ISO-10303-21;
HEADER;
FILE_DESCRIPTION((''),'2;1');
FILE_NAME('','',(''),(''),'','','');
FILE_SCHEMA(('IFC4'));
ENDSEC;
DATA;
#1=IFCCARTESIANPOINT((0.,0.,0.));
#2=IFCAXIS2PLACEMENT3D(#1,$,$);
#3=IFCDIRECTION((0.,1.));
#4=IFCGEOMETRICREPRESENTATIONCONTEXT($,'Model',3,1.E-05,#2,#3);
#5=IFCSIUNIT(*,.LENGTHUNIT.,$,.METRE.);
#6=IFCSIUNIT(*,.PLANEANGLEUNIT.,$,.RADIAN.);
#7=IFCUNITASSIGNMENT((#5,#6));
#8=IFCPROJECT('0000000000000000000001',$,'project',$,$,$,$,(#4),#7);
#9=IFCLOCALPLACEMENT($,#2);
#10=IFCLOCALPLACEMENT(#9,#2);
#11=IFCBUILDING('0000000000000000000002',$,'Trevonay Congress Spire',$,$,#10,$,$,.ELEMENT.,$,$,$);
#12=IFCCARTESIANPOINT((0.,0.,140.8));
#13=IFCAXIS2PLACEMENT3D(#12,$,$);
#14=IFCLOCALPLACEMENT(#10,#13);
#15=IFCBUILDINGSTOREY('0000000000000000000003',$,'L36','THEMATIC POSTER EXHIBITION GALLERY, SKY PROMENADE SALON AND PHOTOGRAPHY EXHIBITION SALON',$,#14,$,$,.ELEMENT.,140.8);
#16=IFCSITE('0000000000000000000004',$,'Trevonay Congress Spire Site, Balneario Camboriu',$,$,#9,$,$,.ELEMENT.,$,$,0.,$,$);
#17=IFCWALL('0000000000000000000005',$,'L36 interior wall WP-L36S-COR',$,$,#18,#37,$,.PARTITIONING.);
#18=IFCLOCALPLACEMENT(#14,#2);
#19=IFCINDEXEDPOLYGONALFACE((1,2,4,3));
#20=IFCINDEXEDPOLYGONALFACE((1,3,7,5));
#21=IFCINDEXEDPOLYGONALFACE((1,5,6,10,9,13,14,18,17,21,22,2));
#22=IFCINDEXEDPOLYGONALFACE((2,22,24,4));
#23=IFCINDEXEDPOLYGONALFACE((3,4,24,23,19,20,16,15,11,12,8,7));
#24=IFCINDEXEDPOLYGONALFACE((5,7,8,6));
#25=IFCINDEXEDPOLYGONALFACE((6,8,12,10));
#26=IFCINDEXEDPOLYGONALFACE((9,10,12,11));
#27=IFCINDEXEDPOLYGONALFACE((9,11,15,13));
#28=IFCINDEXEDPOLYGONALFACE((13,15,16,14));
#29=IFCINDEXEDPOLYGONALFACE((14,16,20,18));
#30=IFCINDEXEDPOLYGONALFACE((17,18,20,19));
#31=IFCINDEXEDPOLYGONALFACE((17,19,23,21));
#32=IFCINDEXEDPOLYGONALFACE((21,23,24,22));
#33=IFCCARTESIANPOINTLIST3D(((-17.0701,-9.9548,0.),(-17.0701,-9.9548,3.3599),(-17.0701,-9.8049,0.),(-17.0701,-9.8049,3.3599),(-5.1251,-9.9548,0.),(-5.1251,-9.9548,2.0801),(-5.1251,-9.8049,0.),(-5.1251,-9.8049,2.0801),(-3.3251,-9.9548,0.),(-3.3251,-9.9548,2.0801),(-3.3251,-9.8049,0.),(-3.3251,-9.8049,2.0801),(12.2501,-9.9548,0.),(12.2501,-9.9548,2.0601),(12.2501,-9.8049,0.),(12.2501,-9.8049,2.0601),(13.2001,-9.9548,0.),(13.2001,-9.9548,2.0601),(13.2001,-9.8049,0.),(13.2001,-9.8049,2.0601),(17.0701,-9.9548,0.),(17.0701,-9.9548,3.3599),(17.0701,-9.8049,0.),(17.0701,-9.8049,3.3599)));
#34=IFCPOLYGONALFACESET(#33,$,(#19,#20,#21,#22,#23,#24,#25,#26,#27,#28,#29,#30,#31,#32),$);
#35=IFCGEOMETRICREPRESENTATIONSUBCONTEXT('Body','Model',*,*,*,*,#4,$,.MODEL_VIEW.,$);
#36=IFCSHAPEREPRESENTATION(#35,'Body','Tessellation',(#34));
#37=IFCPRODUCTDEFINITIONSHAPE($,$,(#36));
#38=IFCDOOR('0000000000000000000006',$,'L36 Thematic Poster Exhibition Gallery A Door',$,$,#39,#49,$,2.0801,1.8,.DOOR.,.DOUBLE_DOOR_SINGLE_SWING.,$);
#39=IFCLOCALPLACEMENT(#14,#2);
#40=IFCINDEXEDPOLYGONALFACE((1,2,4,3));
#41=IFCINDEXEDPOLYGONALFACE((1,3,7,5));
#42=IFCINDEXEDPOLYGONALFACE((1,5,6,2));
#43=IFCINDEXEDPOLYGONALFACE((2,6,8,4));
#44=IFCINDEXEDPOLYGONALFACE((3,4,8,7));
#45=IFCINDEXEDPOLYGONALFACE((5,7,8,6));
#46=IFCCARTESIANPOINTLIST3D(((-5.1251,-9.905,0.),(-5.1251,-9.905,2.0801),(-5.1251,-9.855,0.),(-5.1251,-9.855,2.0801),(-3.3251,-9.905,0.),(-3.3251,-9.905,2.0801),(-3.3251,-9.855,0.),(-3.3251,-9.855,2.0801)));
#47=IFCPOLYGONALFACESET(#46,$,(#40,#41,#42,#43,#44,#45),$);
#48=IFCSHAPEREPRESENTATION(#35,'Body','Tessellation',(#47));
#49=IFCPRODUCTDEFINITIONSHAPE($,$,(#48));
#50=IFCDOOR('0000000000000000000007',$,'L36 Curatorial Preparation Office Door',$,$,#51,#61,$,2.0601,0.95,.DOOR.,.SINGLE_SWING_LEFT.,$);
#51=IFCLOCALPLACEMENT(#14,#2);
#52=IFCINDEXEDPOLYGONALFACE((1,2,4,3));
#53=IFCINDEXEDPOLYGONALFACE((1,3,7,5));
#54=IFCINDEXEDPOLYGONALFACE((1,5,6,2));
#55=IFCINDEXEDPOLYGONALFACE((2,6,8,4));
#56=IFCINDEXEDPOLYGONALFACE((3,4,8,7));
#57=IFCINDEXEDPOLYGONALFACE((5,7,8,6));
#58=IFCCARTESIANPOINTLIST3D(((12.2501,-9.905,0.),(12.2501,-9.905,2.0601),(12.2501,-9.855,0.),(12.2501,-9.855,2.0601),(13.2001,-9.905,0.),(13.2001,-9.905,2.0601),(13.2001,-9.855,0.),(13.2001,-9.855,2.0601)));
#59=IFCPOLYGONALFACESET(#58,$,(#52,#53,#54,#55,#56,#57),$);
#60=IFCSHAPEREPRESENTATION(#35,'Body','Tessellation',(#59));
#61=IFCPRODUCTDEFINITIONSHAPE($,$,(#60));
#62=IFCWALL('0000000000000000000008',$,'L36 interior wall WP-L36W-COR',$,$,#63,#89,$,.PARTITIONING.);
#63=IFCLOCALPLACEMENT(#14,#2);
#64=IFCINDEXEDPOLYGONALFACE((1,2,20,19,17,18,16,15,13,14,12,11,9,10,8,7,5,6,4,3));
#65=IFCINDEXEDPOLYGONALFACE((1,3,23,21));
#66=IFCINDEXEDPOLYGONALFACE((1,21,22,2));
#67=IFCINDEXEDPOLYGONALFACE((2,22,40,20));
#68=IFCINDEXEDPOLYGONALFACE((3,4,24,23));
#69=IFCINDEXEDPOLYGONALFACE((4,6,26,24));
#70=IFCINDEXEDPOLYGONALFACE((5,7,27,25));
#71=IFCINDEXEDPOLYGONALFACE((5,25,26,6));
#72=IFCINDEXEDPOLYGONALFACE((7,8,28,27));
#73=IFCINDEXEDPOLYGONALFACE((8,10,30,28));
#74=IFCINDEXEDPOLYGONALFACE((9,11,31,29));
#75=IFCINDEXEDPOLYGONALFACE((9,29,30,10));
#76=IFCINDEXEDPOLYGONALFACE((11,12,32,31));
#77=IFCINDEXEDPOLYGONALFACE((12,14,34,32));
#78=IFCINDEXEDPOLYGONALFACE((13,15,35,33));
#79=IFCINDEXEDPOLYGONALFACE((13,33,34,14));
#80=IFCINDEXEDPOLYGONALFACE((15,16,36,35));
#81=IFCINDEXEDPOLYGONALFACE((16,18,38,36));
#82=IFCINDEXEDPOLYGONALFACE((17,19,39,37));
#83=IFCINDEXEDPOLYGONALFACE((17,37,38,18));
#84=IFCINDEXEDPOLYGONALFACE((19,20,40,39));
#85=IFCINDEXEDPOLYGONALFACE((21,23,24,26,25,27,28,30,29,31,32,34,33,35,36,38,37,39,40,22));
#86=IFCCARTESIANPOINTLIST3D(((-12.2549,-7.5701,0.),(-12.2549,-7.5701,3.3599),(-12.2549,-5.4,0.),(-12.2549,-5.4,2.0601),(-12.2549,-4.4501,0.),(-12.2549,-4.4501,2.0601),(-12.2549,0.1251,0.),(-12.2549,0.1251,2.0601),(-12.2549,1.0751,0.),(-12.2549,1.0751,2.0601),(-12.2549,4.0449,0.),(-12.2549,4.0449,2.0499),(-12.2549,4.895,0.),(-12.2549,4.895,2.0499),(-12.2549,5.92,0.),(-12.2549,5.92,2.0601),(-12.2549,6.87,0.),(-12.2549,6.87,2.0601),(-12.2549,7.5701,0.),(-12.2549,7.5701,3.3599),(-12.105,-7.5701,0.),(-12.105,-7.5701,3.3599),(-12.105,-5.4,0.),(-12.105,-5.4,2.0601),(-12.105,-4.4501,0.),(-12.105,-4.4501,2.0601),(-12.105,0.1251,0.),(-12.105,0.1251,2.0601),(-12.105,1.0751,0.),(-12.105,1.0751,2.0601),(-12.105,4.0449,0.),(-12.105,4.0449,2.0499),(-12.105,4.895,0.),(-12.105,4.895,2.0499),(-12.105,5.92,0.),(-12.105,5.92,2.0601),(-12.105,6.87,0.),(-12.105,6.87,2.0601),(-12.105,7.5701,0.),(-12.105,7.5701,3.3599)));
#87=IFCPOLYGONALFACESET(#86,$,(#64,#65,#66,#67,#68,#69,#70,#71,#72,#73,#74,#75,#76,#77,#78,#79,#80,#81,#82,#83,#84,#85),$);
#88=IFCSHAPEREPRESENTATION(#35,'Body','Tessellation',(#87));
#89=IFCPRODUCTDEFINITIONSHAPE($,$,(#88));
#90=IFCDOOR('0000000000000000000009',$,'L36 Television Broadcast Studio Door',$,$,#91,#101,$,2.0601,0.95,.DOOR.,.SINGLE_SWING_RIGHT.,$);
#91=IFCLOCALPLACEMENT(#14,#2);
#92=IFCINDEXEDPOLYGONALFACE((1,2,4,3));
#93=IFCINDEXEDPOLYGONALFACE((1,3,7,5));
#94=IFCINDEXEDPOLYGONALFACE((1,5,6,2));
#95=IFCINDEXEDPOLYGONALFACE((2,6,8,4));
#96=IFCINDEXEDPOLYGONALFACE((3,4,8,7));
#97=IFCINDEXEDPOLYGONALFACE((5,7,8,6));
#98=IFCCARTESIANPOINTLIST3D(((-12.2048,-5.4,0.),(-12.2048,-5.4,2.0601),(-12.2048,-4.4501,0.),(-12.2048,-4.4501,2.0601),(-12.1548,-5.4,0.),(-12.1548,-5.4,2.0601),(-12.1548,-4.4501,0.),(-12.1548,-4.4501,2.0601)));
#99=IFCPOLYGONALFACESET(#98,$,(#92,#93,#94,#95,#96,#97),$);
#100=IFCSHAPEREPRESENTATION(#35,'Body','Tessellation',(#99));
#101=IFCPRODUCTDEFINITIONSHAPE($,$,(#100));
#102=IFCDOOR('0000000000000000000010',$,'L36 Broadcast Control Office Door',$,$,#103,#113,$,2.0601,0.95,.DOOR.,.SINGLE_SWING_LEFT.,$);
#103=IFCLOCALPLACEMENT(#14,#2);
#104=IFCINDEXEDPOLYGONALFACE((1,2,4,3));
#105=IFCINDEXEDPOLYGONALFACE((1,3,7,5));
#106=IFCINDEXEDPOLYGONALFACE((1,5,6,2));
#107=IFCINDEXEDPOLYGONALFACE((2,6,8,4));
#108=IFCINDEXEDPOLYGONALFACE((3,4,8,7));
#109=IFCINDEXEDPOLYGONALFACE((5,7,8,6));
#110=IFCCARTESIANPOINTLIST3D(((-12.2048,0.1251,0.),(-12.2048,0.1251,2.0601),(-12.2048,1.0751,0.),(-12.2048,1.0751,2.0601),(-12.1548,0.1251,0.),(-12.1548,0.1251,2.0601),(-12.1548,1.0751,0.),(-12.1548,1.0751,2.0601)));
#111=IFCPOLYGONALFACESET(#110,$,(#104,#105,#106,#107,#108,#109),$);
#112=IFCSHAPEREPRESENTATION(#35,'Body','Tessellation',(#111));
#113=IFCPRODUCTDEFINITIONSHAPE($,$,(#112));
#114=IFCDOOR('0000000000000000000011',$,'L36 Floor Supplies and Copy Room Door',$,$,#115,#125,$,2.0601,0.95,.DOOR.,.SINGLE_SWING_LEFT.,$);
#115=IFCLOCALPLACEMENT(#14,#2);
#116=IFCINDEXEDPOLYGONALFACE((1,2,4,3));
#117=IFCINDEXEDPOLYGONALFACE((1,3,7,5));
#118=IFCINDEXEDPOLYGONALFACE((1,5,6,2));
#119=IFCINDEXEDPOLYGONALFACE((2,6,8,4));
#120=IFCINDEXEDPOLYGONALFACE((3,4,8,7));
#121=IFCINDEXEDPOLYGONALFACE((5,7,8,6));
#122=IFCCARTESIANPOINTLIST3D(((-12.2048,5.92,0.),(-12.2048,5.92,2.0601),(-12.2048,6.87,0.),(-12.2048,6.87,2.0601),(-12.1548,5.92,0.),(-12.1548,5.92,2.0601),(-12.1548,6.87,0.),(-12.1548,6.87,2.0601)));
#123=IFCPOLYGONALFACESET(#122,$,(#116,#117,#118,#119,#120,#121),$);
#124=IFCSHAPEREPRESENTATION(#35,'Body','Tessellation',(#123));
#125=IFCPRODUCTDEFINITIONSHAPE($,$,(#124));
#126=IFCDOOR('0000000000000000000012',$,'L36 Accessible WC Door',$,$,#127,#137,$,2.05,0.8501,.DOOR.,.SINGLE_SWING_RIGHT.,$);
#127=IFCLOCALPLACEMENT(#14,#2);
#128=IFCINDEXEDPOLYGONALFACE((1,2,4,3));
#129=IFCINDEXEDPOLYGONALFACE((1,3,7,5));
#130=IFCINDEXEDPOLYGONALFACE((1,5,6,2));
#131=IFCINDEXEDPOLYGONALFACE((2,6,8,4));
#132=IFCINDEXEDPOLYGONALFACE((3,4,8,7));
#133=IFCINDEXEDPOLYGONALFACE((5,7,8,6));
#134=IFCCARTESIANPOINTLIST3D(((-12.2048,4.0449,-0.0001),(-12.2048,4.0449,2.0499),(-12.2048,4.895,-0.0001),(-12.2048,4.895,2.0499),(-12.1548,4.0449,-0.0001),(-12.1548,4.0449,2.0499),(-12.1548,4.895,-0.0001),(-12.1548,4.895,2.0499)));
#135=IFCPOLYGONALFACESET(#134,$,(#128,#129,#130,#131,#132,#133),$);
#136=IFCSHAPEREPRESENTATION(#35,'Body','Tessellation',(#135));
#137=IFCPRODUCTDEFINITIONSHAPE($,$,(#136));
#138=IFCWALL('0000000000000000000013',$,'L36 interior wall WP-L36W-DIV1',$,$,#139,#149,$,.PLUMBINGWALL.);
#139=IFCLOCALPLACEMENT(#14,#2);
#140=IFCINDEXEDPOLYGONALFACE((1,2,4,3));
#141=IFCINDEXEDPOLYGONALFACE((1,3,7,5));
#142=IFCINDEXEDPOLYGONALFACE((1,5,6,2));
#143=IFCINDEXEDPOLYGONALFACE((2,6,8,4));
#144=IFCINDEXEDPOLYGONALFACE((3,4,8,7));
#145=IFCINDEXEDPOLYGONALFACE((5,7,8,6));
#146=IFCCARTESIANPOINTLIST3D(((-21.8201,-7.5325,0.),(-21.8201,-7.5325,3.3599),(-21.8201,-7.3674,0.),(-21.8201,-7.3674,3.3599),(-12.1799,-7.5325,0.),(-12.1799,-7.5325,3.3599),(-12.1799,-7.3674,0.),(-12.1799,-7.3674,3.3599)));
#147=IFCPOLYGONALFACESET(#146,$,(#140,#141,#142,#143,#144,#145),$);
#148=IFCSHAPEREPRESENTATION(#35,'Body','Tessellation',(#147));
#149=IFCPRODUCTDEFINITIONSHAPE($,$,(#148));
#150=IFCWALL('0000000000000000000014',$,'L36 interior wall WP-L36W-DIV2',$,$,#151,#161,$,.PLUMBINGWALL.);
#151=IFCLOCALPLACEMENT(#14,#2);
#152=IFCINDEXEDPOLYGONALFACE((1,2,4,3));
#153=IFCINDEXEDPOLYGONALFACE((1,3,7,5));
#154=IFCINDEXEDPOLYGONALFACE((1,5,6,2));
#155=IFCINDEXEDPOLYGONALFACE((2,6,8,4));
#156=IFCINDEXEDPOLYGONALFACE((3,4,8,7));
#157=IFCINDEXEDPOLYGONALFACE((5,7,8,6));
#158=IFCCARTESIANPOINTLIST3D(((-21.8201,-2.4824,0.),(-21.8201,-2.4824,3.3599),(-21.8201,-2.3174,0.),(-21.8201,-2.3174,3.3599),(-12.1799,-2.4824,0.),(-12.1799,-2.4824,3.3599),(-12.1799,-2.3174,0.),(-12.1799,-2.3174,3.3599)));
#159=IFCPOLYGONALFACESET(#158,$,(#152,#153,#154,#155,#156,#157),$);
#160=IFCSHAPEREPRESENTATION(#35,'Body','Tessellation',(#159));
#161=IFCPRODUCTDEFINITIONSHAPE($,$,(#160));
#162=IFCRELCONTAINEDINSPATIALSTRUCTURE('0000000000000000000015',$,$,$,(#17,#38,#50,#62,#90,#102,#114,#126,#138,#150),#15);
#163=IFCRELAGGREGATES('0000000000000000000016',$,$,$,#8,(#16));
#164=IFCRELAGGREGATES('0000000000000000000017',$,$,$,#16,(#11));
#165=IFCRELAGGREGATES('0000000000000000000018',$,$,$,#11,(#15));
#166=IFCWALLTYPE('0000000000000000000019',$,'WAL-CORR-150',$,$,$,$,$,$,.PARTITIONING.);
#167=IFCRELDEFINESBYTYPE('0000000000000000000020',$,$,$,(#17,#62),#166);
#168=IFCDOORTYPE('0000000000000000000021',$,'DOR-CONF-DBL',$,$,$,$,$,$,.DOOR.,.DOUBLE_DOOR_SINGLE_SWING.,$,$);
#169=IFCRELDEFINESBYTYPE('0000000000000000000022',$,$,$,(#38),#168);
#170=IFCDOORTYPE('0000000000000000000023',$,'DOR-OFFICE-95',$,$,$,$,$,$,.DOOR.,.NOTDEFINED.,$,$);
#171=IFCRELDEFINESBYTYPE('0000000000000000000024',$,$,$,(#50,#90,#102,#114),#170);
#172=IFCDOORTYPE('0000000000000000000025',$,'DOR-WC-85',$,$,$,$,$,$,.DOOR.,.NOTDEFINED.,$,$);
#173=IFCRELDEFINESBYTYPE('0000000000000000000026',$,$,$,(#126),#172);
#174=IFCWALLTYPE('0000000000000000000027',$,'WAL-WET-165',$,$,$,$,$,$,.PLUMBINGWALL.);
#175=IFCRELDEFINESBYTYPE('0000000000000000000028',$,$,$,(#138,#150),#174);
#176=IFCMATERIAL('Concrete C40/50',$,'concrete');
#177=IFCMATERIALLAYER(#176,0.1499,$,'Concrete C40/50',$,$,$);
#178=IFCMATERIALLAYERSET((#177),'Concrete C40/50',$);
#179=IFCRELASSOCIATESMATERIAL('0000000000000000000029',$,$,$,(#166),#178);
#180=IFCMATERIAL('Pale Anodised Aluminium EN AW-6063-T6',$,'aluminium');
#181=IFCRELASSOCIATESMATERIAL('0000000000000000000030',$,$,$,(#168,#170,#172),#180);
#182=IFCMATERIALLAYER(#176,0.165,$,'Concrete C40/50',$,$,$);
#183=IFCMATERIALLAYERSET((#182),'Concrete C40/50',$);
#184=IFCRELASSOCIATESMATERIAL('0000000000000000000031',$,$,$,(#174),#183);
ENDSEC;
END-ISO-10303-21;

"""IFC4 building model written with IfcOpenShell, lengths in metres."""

from ifc_helpers import new_model, si_unit, direction, frame, frame_2d, origin, place, context, subcontext, project, spatial, rectangle, extrude, material, layer, layer_set, type_object, element, fill, save


model = new_model("IFC4")

# Units and contexts
model_context = context("Model", 3, precision=1e-05, world=origin(), true_north=direction((0.0, 1.0)))
body_context = subcontext(model_context, "Body", "Model", "MODEL_VIEW")
ifc_project = project(units=[si_unit("LENGTHUNIT", "METRE"), si_unit("PLANEANGLEUNIT", "RADIAN")], contexts=[model_context])

# Site, building, storey
site_placement = place(None, origin())
site = spatial("IfcSite", under=ifc_project, at=site_placement, Name="Trevonay Congress Spire Site, Balneario Camboriu", CompositionType="ELEMENT", RefElevation=0.0)
building_placement = place(site_placement, origin())
building = spatial("IfcBuilding", under=site, at=building_placement, Name="Trevonay Congress Spire", CompositionType="ELEMENT")
storey_placement = place(building_placement, frame((0.0, 0.0, 140.8)))
storey = spatial("IfcBuildingStorey", under=building, at=storey_placement, Name="L36", Description="THEMATIC POSTER EXHIBITION GALLERY, SKY PROMENADE SALON AND PHOTOGRAPHY EXHIBITION SALON", CompositionType="ELEMENT", Elevation=140.8)

# Shared definitions
ifc_material_1 = material(Name="Pale Anodised Aluminium EN AW-6063-T6", Category="aluminium")

# Walls, openings, doors
ifc_material_2 = material(Name="Concrete C40/50", Category="concrete")
ifc_layer_1 = layer(ifc_material_2, 0.1499, Name="Concrete C40/50")
ifc_layer_set_1 = layer_set([ifc_layer_1], Name="Concrete C40/50")
wall_type_1 = type_object("IfcWallType", Name="WAL-CORR-150", PredefinedType="PARTITIONING", material=ifc_layer_set_1)
wall_1_placement = place(storey_placement, frame((-17.0701, -9.8799, 0.0), z_axis=(0.0, 0.0, 1.0), x_axis=(1.0, 0.0, 0.0)))
wall_1 = element("IfcWall", 1, at=wall_1_placement, inside=storey, type_object=wall_type_1, Name="L36 interior wall WP-L36S-COR", PredefinedType="PARTITIONING", context=body_context, shape_type="SweptSolid", body=[
    extrude(rectangle(XDim=34.1401, YDim=0.1499, at=frame_2d((17.0701, 0.0))), origin(), (0.0, 0.0, 1.0), 3.3599),
])
opening_1_placement = place(wall_1_placement, frame((11.9451, 0.0, 0.0)))
opening_1 = element("IfcOpeningElement", 2, at=opening_1_placement, cuts=wall_1, PredefinedType="OPENING", context=body_context, shape_type="SweptSolid", body=[
    extrude(rectangle(XDim=1.8, YDim=2.0801, at=frame_2d((0.8999, 1.04))), frame((0.0, 0.085, 0.0), z_axis=(0.0, -1.0, 0.0), x_axis=(1.0, 0.0, 0.0)), (0.0, 0.0, 1.0), 0.1699),
])
opening_2_placement = place(wall_1_placement, frame((29.3201, 0.0, 0.0)))
opening_2 = element("IfcOpeningElement", 3, at=opening_2_placement, cuts=wall_1, PredefinedType="OPENING", context=body_context, shape_type="SweptSolid", body=[
    extrude(rectangle(XDim=0.95, YDim=2.0601, at=frame_2d((0.4751, 1.03))), frame((0.0, 0.085, 0.0), z_axis=(0.0, -1.0, 0.0), x_axis=(1.0, 0.0, 0.0)), (0.0, 0.0, 1.0), 0.1699),
])
door_type_1 = type_object("IfcDoorType", Name="DOR-CONF-DBL", OperationType="DOUBLE_DOOR_SINGLE_SWING", PredefinedType="DOOR", material=ifc_material_1)
door_1_placement = place(opening_1_placement, origin())
door_1 = element("IfcDoor", 4, at=door_1_placement, inside=storey, type_object=door_type_1, Name="L36 Thematic Poster Exhibition Gallery A Door", OperationType="DOUBLE_DOOR_SINGLE_SWING", OverallHeight=2.0801, OverallWidth=1.8, PredefinedType="DOOR", context=body_context, shape_type="SweptSolid", body=[
    extrude(rectangle(XDim=1.8, YDim=2.0801, at=frame_2d((0.8999, 1.04))), frame((0.0, 0.0249, 0.0), z_axis=(0.0, -1.0, 0.0), x_axis=(1.0, 0.0, 0.0)), (0.0, 0.0, 1.0), 0.05),
])
fill(opening_1, door_1)
door_type_2 = type_object("IfcDoorType", Name="DOR-OFFICE-95", OperationType="NOTDEFINED", PredefinedType="DOOR", material=ifc_material_1)
door_2_placement = place(opening_2_placement, origin())
door_2 = element("IfcDoor", 5, at=door_2_placement, inside=storey, type_object=door_type_2, Name="L36 Curatorial Preparation Office Door", OperationType="SINGLE_SWING_LEFT", OverallHeight=2.0601, OverallWidth=0.95, PredefinedType="DOOR", context=body_context, shape_type="SweptSolid", body=[
    extrude(rectangle(XDim=0.95, YDim=2.0601, at=frame_2d((0.4751, 1.03))), frame((0.0, 0.0249, 0.0), z_axis=(0.0, -1.0, 0.0), x_axis=(1.0, 0.0, 0.0)), (0.0, 0.0, 1.0), 0.05),
])
fill(opening_2, door_2)
wall_2_placement = place(storey_placement, frame((-12.1799, -7.5701, 0.0), z_axis=(0.0, 0.0, 1.0), x_axis=(0.0, 1.0, 0.0)))
wall_2 = element("IfcWall", 6, at=wall_2_placement, inside=storey, type_object=wall_type_1, Name="L36 interior wall WP-L36W-COR", PredefinedType="PARTITIONING", context=body_context, shape_type="SweptSolid", body=[
    extrude(rectangle(XDim=15.1401, YDim=0.1499, at=frame_2d((7.5701, 0.0))), origin(), (0.0, 0.0, 1.0), 3.3599),
])
opening_3_placement = place(wall_2_placement, frame((2.1699, 0.0, 0.0)))
opening_3 = element("IfcOpeningElement", 7, at=opening_3_placement, cuts=wall_2, PredefinedType="OPENING", context=body_context, shape_type="SweptSolid", body=[
    extrude(rectangle(XDim=0.95, YDim=2.0601, at=frame_2d((0.4751, 1.03))), frame((0.0, 0.085, 0.0), z_axis=(0.0, -1.0, 0.0), x_axis=(1.0, 0.0, 0.0)), (0.0, 0.0, 1.0), 0.1699),
])
opening_4_placement = place(wall_2_placement, frame((7.6951, 0.0, 0.0)))
opening_4 = element("IfcOpeningElement", 8, at=opening_4_placement, cuts=wall_2, PredefinedType="OPENING", context=body_context, shape_type="SweptSolid", body=[
    extrude(rectangle(XDim=0.95, YDim=2.0601, at=frame_2d((0.4751, 1.03))), frame((0.0, 0.085, 0.0), z_axis=(0.0, -1.0, 0.0), x_axis=(1.0, 0.0, 0.0)), (0.0, 0.0, 1.0), 0.1699),
])
opening_5_placement = place(wall_2_placement, frame((11.615, 0.0, 0.0)))
opening_5 = element("IfcOpeningElement", 9, at=opening_5_placement, cuts=wall_2, PredefinedType="OPENING", context=body_context, shape_type="SweptSolid", body=[
    extrude(rectangle(XDim=0.8501, YDim=2.05, at=frame_2d((0.425, 1.0249))), frame((0.0, 0.085, 0.0), z_axis=(0.0, -1.0, 0.0), x_axis=(1.0, 0.0, 0.0)), (0.0, 0.0, 1.0), 0.1699),
])
opening_6_placement = place(wall_2_placement, frame((13.49, 0.0, 0.0)))
opening_6 = element("IfcOpeningElement", 10, at=opening_6_placement, cuts=wall_2, PredefinedType="OPENING", context=body_context, shape_type="SweptSolid", body=[
    extrude(rectangle(XDim=0.95, YDim=2.0601, at=frame_2d((0.4751, 1.03))), frame((0.0, 0.085, 0.0), z_axis=(0.0, -1.0, 0.0), x_axis=(1.0, 0.0, 0.0)), (0.0, 0.0, 1.0), 0.1699),
])
door_3_placement = place(opening_3_placement, origin())
door_3 = element("IfcDoor", 11, at=door_3_placement, inside=storey, type_object=door_type_2, Name="L36 Television Broadcast Studio Door", OperationType="SINGLE_SWING_RIGHT", OverallHeight=2.0601, OverallWidth=0.95, PredefinedType="DOOR", context=body_context, shape_type="SweptSolid", body=[
    extrude(rectangle(XDim=0.95, YDim=2.0601, at=frame_2d((0.4751, 1.03))), frame((0.0, 0.0249, 0.0), z_axis=(0.0, -1.0, 0.0), x_axis=(1.0, 0.0, 0.0)), (0.0, 0.0, 1.0), 0.05),
])
fill(opening_3, door_3)
door_4_placement = place(opening_4_placement, origin())
door_4 = element("IfcDoor", 12, at=door_4_placement, inside=storey, type_object=door_type_2, Name="L36 Broadcast Control Office Door", OperationType="SINGLE_SWING_LEFT", OverallHeight=2.0601, OverallWidth=0.95, PredefinedType="DOOR", context=body_context, shape_type="SweptSolid", body=[
    extrude(rectangle(XDim=0.95, YDim=2.0601, at=frame_2d((0.4751, 1.03))), frame((0.0, 0.0249, 0.0), z_axis=(0.0, -1.0, 0.0), x_axis=(1.0, 0.0, 0.0)), (0.0, 0.0, 1.0), 0.05),
])
fill(opening_4, door_4)
door_5_placement = place(opening_6_placement, origin())
door_5 = element("IfcDoor", 13, at=door_5_placement, inside=storey, type_object=door_type_2, Name="L36 Floor Supplies and Copy Room Door", OperationType="SINGLE_SWING_LEFT", OverallHeight=2.0601, OverallWidth=0.95, PredefinedType="DOOR", context=body_context, shape_type="SweptSolid", body=[
    extrude(rectangle(XDim=0.95, YDim=2.0601, at=frame_2d((0.4751, 1.03))), frame((0.0, 0.0249, 0.0), z_axis=(0.0, -1.0, 0.0), x_axis=(1.0, 0.0, 0.0)), (0.0, 0.0, 1.0), 0.05),
])
fill(opening_6, door_5)
door_type_3 = type_object("IfcDoorType", Name="DOR-WC-85", OperationType="NOTDEFINED", PredefinedType="DOOR", material=ifc_material_1)
door_6_placement = place(opening_5_placement, origin())
door_6 = element("IfcDoor", 14, at=door_6_placement, inside=storey, type_object=door_type_3, Name="L36 Accessible WC Door", OperationType="SINGLE_SWING_RIGHT", OverallHeight=2.05, OverallWidth=0.8501, PredefinedType="DOOR", context=body_context, shape_type="SweptSolid", body=[
    extrude(rectangle(XDim=0.8501, YDim=2.05, at=frame_2d((0.425, 1.0249))), frame((0.0, 0.0249, 0.0), z_axis=(0.0, -1.0, 0.0), x_axis=(1.0, 0.0, 0.0)), (0.0, 0.0, 1.0), 0.05),
])
fill(opening_5, door_6)

# Walls
ifc_layer_2 = layer(ifc_material_2, 0.165, Name="Concrete C40/50")
ifc_layer_set_2 = layer_set([ifc_layer_2], Name="Concrete C40/50")
wall_type_2 = type_object("IfcWallType", Name="WAL-WET-165", PredefinedType="PLUMBINGWALL", material=ifc_layer_set_2)
for number, where, z_axis, x_axis, name in (
    (15, (-21.8201, -7.45, 0.0), (0.0, 0.0, 1.0), (1.0, 0.0, 0.0), "L36 interior wall WP-L36W-DIV1"),
    (16, (-21.8201, -2.3999, 0.0), (0.0, 0.0, 1.0), (1.0, 0.0, 0.0), "L36 interior wall WP-L36W-DIV2"),
):
    element("IfcWall", number, at=place(storey_placement, frame(where, z_axis=z_axis, x_axis=x_axis)), inside=storey, type_object=wall_type_2, Name=name, PredefinedType="PLUMBINGWALL", context=body_context, shape_type="SweptSolid", body=[
        extrude(rectangle(XDim=9.6401, YDim=0.165, at=frame_2d((4.8201, 0.0))), origin(), (0.0, 0.0, 1.0), 3.3599),
    ])

save(model, "model.ifc")
